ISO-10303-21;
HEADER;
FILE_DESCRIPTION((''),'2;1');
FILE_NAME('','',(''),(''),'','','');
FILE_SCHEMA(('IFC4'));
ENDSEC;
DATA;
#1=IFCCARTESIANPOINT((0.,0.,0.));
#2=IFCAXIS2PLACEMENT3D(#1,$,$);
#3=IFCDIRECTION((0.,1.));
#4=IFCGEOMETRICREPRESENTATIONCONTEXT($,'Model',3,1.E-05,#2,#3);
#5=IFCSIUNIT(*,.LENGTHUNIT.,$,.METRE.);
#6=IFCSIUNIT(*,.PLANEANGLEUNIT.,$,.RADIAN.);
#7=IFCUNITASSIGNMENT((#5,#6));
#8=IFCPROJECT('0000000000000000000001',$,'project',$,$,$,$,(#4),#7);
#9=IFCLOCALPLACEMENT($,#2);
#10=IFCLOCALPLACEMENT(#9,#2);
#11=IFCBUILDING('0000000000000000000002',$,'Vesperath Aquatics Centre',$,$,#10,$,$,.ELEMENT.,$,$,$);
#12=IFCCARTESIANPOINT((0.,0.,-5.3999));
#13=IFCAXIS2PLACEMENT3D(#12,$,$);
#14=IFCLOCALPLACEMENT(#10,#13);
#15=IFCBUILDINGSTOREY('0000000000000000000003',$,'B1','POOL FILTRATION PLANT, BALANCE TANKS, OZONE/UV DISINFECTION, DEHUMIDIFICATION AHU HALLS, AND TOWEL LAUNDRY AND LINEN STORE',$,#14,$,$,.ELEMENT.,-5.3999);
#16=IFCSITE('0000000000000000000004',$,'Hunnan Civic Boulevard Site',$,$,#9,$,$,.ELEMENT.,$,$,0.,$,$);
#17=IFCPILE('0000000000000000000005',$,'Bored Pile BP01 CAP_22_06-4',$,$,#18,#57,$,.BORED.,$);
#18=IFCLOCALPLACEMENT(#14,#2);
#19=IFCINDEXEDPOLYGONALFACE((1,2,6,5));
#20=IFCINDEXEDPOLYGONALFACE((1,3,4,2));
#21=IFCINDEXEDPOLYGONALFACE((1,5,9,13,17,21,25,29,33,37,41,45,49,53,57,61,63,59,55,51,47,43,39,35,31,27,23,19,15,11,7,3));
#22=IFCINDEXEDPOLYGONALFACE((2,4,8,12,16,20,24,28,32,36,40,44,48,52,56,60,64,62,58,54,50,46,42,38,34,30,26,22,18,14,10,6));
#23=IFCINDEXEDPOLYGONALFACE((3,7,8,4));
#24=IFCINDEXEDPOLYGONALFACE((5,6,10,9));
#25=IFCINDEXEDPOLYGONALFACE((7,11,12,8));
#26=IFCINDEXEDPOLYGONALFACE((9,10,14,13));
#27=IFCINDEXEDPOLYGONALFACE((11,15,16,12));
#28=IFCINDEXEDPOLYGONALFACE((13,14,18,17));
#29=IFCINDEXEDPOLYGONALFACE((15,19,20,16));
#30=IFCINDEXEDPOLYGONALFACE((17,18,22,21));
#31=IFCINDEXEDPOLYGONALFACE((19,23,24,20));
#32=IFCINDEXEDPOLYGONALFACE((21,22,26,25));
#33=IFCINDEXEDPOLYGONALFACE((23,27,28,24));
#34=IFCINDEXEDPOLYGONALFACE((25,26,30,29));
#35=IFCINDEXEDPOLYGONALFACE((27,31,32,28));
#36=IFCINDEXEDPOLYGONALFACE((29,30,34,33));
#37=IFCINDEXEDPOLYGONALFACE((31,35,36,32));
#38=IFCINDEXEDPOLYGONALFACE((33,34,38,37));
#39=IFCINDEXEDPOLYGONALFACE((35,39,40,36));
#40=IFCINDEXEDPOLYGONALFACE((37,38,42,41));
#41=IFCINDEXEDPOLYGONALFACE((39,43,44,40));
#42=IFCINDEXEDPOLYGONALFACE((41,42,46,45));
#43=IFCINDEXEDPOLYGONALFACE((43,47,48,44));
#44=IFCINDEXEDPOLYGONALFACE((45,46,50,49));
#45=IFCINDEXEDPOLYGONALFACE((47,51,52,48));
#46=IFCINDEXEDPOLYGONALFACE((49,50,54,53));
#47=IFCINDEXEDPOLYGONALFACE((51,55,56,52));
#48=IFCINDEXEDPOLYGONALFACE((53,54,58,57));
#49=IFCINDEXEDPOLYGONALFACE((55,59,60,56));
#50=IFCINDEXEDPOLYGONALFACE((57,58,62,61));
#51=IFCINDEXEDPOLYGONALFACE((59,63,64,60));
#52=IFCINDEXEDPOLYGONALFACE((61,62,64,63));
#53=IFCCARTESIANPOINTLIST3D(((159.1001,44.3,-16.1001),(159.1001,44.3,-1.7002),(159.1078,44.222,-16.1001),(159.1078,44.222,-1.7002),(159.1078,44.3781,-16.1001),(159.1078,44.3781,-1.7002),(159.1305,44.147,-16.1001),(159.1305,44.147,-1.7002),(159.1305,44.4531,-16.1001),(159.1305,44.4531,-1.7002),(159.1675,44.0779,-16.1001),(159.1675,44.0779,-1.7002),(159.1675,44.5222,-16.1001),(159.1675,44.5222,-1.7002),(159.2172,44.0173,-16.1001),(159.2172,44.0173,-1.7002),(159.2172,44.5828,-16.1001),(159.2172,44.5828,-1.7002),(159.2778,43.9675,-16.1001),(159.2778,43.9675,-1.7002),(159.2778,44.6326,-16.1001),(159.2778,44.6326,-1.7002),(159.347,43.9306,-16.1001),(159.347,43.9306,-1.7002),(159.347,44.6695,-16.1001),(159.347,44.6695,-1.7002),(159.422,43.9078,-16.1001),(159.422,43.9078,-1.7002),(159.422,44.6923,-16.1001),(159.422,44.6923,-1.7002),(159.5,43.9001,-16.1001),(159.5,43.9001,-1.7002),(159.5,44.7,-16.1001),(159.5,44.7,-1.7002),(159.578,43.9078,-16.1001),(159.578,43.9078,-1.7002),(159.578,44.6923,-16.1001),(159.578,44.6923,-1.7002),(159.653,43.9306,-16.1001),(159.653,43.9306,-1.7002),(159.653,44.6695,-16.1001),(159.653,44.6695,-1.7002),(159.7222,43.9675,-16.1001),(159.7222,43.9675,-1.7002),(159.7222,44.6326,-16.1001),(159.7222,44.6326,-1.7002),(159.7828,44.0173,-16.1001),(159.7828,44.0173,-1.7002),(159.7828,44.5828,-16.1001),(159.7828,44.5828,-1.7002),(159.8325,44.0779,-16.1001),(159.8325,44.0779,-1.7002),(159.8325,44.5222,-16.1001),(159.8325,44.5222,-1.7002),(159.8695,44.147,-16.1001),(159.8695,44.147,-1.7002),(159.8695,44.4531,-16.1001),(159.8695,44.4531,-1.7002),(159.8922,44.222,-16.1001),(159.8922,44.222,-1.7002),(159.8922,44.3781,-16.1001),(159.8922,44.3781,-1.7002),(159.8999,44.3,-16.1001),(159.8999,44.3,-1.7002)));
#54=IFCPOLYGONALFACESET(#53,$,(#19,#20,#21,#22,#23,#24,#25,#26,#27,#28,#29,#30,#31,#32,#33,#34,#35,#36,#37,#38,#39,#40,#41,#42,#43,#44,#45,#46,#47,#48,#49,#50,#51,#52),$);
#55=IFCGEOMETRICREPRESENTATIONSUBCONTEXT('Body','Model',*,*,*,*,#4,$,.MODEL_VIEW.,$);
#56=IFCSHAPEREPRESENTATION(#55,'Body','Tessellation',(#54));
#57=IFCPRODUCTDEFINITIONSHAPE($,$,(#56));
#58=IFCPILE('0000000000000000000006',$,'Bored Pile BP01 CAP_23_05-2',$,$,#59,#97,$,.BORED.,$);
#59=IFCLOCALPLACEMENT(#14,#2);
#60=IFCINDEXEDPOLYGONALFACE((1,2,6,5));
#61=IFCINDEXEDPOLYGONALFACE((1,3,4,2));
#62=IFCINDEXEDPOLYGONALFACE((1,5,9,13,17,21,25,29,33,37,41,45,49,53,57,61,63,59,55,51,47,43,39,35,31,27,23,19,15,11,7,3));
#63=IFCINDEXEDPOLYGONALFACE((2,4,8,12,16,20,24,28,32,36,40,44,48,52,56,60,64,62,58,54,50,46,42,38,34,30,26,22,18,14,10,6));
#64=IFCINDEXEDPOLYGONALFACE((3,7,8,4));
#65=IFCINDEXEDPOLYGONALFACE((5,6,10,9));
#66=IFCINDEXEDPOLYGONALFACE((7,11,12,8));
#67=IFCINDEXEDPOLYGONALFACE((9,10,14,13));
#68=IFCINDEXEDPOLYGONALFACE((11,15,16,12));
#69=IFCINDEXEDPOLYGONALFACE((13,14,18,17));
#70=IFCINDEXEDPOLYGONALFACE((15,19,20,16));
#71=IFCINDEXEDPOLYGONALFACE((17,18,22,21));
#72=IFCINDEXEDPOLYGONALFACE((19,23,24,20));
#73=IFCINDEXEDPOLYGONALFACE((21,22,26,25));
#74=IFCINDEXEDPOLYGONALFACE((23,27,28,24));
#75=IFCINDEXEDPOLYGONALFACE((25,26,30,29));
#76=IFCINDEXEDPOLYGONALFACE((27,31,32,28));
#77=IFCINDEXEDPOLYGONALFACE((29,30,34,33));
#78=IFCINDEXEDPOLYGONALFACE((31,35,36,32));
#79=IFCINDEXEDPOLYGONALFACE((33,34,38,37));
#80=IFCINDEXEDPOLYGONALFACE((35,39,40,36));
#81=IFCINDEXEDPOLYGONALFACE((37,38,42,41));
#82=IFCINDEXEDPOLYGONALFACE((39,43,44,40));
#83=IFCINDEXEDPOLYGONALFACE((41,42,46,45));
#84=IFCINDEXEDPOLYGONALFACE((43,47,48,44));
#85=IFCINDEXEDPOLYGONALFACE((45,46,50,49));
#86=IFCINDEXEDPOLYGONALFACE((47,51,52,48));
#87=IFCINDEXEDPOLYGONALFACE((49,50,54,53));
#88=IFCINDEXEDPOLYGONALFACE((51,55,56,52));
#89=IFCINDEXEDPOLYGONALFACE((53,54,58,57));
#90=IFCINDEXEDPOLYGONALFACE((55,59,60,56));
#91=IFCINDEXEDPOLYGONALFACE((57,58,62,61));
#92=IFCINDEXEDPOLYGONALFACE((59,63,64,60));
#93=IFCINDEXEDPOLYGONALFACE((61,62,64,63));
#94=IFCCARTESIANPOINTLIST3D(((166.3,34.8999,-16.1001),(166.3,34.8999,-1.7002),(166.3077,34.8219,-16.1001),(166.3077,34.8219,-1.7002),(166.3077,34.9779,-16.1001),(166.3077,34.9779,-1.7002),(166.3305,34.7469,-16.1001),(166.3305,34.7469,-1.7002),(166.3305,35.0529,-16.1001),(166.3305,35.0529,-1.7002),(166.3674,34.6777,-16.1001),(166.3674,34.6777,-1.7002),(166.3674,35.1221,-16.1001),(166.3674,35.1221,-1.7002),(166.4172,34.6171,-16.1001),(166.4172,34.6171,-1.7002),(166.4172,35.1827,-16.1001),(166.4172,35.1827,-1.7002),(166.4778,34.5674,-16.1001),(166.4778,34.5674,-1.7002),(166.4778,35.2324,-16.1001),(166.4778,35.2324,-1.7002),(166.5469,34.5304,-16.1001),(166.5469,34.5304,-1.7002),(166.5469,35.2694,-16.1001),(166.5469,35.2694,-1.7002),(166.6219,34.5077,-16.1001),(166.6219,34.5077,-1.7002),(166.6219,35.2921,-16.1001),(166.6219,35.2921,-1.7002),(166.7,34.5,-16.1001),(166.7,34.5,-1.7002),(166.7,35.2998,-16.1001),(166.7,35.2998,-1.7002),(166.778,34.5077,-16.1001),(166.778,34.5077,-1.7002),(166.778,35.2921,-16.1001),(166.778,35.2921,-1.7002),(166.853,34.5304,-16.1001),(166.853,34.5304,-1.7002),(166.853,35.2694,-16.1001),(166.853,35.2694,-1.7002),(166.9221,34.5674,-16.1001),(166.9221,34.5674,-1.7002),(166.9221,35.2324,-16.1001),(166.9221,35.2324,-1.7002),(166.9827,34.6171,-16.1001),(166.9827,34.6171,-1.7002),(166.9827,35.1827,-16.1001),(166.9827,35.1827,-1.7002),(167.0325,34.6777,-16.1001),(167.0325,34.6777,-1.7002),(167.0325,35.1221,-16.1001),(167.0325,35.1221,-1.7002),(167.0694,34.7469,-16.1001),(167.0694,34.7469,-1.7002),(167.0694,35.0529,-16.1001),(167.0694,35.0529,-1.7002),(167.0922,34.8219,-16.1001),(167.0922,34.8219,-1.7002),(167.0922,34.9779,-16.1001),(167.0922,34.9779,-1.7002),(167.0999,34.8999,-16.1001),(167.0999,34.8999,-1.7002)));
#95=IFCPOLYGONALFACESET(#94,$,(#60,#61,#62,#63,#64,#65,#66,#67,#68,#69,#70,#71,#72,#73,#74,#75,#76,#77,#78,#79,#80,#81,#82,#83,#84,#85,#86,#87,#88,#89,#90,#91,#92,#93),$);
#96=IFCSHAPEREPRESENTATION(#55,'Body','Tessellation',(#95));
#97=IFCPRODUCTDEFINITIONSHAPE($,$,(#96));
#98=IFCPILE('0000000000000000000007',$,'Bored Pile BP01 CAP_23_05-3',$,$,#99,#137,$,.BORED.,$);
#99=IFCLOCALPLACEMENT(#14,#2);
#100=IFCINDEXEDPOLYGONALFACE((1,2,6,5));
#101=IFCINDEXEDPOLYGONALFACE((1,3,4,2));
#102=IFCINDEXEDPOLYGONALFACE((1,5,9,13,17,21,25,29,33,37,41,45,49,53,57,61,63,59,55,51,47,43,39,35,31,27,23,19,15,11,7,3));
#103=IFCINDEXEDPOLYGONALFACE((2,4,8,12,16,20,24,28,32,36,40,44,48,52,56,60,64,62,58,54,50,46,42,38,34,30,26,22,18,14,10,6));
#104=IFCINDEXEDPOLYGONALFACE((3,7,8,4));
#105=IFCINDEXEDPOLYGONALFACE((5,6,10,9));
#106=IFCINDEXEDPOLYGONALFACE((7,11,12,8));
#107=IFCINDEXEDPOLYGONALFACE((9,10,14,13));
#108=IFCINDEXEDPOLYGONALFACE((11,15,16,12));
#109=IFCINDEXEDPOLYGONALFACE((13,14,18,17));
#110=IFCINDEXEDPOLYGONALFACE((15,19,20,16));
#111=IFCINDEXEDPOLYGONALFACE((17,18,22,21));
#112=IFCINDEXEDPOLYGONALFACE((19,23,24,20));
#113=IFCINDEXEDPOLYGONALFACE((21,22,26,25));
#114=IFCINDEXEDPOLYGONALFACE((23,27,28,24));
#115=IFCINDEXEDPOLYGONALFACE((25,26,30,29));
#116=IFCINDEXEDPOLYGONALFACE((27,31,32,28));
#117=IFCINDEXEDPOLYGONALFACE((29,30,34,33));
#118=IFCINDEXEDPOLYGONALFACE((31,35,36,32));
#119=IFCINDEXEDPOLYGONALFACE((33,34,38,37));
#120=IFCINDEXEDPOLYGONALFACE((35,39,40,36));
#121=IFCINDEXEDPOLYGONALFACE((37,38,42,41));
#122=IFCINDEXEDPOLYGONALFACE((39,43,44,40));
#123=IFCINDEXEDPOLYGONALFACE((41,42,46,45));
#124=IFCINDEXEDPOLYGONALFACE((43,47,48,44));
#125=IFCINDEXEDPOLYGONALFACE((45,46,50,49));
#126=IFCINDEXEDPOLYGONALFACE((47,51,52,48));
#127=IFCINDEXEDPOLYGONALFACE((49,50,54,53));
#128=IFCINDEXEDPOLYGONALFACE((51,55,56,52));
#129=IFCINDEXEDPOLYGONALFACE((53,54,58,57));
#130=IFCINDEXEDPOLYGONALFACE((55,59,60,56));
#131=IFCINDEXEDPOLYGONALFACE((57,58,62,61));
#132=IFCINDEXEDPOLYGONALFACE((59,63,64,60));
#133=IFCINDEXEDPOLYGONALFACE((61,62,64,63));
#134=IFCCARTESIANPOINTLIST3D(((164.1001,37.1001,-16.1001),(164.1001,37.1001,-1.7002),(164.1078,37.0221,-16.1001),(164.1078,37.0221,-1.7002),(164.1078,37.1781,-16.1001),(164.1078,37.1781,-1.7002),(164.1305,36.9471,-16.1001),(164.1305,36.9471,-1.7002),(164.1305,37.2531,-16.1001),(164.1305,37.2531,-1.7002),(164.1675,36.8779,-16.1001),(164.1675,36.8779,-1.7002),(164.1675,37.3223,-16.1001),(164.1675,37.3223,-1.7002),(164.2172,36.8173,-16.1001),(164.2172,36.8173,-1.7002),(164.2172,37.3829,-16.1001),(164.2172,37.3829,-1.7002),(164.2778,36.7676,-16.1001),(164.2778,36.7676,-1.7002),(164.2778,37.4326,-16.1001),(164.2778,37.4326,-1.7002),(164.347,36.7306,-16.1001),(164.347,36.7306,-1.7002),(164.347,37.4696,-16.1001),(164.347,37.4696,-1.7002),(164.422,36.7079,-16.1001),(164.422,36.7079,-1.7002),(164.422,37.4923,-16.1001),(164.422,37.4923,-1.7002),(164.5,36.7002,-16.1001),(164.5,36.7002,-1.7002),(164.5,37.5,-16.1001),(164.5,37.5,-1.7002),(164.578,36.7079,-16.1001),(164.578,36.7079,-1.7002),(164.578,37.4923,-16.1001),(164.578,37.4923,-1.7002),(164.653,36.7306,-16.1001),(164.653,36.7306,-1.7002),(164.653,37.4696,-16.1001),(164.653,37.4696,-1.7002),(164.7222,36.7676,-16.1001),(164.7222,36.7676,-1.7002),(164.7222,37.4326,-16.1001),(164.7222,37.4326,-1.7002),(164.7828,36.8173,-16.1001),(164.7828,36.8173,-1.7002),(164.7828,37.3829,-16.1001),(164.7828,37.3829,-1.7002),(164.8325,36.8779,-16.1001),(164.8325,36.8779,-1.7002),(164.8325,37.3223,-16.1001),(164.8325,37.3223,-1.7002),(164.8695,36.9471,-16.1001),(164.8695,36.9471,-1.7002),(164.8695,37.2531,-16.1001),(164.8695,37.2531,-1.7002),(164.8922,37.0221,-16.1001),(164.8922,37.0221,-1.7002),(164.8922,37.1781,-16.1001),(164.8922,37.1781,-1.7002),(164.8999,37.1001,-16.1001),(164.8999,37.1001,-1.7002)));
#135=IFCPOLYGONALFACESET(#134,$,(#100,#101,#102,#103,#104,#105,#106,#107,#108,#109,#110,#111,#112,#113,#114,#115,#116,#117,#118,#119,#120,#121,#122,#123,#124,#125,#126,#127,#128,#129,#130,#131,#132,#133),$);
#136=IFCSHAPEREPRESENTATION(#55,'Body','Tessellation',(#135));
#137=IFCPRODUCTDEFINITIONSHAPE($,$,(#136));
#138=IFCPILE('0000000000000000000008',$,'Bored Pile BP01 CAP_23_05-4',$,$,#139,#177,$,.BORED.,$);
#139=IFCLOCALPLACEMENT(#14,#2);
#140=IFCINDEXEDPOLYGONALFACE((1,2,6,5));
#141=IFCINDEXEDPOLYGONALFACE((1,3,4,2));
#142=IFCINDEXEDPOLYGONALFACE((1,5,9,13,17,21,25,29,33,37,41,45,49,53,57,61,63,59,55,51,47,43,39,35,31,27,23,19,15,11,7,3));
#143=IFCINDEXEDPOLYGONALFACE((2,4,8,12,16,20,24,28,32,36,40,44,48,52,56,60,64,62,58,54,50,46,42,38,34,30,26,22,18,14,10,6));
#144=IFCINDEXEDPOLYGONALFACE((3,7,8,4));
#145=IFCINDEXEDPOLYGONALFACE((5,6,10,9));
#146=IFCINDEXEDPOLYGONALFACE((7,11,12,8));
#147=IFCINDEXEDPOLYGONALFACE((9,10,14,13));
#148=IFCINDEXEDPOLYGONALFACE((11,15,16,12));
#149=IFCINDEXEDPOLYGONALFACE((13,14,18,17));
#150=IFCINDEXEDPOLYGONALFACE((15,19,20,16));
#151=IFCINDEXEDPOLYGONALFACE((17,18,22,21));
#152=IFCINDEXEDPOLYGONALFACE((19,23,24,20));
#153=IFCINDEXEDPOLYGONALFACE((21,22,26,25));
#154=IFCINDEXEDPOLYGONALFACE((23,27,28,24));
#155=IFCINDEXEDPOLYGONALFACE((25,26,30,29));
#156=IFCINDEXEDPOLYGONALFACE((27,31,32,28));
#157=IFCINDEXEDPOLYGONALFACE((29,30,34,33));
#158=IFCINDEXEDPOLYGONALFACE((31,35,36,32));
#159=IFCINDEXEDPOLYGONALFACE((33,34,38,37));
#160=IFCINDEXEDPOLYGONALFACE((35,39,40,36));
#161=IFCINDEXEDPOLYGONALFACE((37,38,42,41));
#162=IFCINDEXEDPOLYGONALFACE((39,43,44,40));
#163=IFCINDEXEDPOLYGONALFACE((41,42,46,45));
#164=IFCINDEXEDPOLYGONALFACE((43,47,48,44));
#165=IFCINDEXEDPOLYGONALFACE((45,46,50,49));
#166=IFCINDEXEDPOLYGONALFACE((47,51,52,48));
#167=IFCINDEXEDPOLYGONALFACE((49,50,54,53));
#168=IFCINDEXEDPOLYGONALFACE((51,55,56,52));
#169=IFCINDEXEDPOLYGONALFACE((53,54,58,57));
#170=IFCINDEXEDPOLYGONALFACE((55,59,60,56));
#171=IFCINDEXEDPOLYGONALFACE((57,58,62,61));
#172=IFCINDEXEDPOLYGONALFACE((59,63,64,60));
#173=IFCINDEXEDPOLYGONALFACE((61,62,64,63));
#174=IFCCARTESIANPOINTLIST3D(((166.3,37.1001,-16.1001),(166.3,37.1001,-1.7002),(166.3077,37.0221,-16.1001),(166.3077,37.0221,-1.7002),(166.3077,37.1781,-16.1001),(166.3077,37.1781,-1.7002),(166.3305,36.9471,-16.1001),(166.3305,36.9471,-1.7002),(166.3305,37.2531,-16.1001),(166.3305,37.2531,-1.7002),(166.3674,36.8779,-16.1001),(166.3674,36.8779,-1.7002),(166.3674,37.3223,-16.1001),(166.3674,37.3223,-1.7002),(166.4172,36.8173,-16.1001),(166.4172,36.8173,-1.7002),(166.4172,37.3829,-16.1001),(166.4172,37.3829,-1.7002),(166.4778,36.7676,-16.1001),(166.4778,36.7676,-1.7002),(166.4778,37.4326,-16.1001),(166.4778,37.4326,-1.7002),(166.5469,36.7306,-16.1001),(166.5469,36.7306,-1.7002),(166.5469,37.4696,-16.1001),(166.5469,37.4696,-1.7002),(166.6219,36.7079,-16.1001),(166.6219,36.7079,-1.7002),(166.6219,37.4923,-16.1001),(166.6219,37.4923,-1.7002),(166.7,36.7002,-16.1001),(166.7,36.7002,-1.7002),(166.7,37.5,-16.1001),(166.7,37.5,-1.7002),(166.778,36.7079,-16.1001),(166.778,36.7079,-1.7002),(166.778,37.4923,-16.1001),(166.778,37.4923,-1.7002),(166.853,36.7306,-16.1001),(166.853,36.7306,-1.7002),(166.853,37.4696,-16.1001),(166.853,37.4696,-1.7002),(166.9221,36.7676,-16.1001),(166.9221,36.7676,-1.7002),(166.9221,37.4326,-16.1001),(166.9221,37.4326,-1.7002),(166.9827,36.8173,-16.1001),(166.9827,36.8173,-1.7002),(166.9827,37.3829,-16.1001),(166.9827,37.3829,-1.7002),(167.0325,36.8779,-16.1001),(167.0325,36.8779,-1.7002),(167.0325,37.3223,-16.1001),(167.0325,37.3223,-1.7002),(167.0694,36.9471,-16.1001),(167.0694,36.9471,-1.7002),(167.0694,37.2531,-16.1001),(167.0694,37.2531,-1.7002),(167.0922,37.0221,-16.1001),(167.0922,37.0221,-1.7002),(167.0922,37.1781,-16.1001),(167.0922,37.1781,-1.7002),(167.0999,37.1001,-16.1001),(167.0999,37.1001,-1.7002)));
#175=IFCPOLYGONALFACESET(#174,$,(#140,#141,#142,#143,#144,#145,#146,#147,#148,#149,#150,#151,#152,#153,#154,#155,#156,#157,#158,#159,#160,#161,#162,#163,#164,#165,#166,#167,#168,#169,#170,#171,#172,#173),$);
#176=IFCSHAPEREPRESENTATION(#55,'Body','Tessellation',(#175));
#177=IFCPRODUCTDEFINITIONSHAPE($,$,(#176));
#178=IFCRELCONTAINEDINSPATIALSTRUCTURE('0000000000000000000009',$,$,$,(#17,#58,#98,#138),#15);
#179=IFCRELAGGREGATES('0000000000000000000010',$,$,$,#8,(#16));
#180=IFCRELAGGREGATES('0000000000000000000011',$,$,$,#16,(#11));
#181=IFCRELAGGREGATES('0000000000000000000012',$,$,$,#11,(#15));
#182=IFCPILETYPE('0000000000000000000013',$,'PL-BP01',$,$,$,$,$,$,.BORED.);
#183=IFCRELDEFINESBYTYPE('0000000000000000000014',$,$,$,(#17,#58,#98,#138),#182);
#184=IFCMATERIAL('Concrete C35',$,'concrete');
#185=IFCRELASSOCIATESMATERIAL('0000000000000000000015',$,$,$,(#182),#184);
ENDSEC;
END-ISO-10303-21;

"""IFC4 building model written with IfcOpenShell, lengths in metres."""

from ifc_helpers import new_model, si_unit, direction, frame, origin, origin_2d, place, context, subcontext, project, spatial, circle, extrude, material, material_profile, profile_set, type_object, element, save


model = new_model("IFC4")

# Units and contexts
model_context = context("Model", 3, precision=1e-05, world=origin(), true_north=direction((0.0, 1.0)))
body_context = subcontext(model_context, "Body", "Model", "MODEL_VIEW")
ifc_project = project(units=[si_unit("LENGTHUNIT", "METRE"), si_unit("PLANEANGLEUNIT", "RADIAN")], contexts=[model_context])

# Site, building, storey
site_placement = place(None, origin())
site = spatial("IfcSite", under=ifc_project, at=site_placement, Name="Hunnan Civic Boulevard Site", CompositionType="ELEMENT", RefElevation=0.0)
building_placement = place(site_placement, origin())
building = spatial("IfcBuilding", under=site, at=building_placement, Name="Vesperath Aquatics Centre", CompositionType="ELEMENT")
storey_placement = place(building_placement, frame((0.0, 0.0, -5.3999)))
storey = spatial("IfcBuildingStorey", under=building, at=storey_placement, Name="B1", Description="POOL FILTRATION PLANT, BALANCE TANKS, OZONE/UV DISINFECTION, DEHUMIDIFICATION AHU HALLS, AND TOWEL LAUNDRY AND LINEN STORE", CompositionType="ELEMENT", Elevation=-5.3999)

# Piles
ifc_material_1 = material(Name="Concrete C35", Category="concrete")
ifc_material_profile_1 = material_profile(ifc_material_1, circle(Radius=0.3999, at=origin_2d()), Name="PILE D800")
ifc_profile_set_1 = profile_set([ifc_material_profile_1], Name="Concrete C35")
pile_type = type_object("IfcPileType", Name="PL-BP01", PredefinedType="BORED", material=ifc_profile_set_1)
for number, where, z_axis, x_axis, name in (
    (1, (159.5, 44.3, -1.7002), (0.0, 0.0, -1.0), (1.0, 0.0, 0.0), "Bored Pile BP01 CAP_22_06-4"),
    (2, (166.7, 34.8999, -1.7002), (0.0, 0.0, -1.0), (1.0, 0.0, 0.0), "Bored Pile BP01 CAP_23_05-2"),
    (3, (164.5, 37.1001, -1.7002), (0.0, 0.0, -1.0), (1.0, 0.0, 0.0), "Bored Pile BP01 CAP_23_05-3"),
    (4, (166.7, 37.1001, -1.7002), (0.0, 0.0, -1.0), (1.0, 0.0, 0.0), "Bored Pile BP01 CAP_23_05-4"),
):
    element("IfcPile", number, at=place(storey_placement, frame(where, z_axis=z_axis, x_axis=x_axis)), inside=storey, type_object=pile_type, Name=name, PredefinedType="BORED", context=body_context, shape_type="SweptSolid", body=[
        extrude(circle(Radius=0.3999, at=origin_2d()), origin(), (0.0, 0.0, 1.0), 14.3999),
    ])

save(model, "model.ifc")
